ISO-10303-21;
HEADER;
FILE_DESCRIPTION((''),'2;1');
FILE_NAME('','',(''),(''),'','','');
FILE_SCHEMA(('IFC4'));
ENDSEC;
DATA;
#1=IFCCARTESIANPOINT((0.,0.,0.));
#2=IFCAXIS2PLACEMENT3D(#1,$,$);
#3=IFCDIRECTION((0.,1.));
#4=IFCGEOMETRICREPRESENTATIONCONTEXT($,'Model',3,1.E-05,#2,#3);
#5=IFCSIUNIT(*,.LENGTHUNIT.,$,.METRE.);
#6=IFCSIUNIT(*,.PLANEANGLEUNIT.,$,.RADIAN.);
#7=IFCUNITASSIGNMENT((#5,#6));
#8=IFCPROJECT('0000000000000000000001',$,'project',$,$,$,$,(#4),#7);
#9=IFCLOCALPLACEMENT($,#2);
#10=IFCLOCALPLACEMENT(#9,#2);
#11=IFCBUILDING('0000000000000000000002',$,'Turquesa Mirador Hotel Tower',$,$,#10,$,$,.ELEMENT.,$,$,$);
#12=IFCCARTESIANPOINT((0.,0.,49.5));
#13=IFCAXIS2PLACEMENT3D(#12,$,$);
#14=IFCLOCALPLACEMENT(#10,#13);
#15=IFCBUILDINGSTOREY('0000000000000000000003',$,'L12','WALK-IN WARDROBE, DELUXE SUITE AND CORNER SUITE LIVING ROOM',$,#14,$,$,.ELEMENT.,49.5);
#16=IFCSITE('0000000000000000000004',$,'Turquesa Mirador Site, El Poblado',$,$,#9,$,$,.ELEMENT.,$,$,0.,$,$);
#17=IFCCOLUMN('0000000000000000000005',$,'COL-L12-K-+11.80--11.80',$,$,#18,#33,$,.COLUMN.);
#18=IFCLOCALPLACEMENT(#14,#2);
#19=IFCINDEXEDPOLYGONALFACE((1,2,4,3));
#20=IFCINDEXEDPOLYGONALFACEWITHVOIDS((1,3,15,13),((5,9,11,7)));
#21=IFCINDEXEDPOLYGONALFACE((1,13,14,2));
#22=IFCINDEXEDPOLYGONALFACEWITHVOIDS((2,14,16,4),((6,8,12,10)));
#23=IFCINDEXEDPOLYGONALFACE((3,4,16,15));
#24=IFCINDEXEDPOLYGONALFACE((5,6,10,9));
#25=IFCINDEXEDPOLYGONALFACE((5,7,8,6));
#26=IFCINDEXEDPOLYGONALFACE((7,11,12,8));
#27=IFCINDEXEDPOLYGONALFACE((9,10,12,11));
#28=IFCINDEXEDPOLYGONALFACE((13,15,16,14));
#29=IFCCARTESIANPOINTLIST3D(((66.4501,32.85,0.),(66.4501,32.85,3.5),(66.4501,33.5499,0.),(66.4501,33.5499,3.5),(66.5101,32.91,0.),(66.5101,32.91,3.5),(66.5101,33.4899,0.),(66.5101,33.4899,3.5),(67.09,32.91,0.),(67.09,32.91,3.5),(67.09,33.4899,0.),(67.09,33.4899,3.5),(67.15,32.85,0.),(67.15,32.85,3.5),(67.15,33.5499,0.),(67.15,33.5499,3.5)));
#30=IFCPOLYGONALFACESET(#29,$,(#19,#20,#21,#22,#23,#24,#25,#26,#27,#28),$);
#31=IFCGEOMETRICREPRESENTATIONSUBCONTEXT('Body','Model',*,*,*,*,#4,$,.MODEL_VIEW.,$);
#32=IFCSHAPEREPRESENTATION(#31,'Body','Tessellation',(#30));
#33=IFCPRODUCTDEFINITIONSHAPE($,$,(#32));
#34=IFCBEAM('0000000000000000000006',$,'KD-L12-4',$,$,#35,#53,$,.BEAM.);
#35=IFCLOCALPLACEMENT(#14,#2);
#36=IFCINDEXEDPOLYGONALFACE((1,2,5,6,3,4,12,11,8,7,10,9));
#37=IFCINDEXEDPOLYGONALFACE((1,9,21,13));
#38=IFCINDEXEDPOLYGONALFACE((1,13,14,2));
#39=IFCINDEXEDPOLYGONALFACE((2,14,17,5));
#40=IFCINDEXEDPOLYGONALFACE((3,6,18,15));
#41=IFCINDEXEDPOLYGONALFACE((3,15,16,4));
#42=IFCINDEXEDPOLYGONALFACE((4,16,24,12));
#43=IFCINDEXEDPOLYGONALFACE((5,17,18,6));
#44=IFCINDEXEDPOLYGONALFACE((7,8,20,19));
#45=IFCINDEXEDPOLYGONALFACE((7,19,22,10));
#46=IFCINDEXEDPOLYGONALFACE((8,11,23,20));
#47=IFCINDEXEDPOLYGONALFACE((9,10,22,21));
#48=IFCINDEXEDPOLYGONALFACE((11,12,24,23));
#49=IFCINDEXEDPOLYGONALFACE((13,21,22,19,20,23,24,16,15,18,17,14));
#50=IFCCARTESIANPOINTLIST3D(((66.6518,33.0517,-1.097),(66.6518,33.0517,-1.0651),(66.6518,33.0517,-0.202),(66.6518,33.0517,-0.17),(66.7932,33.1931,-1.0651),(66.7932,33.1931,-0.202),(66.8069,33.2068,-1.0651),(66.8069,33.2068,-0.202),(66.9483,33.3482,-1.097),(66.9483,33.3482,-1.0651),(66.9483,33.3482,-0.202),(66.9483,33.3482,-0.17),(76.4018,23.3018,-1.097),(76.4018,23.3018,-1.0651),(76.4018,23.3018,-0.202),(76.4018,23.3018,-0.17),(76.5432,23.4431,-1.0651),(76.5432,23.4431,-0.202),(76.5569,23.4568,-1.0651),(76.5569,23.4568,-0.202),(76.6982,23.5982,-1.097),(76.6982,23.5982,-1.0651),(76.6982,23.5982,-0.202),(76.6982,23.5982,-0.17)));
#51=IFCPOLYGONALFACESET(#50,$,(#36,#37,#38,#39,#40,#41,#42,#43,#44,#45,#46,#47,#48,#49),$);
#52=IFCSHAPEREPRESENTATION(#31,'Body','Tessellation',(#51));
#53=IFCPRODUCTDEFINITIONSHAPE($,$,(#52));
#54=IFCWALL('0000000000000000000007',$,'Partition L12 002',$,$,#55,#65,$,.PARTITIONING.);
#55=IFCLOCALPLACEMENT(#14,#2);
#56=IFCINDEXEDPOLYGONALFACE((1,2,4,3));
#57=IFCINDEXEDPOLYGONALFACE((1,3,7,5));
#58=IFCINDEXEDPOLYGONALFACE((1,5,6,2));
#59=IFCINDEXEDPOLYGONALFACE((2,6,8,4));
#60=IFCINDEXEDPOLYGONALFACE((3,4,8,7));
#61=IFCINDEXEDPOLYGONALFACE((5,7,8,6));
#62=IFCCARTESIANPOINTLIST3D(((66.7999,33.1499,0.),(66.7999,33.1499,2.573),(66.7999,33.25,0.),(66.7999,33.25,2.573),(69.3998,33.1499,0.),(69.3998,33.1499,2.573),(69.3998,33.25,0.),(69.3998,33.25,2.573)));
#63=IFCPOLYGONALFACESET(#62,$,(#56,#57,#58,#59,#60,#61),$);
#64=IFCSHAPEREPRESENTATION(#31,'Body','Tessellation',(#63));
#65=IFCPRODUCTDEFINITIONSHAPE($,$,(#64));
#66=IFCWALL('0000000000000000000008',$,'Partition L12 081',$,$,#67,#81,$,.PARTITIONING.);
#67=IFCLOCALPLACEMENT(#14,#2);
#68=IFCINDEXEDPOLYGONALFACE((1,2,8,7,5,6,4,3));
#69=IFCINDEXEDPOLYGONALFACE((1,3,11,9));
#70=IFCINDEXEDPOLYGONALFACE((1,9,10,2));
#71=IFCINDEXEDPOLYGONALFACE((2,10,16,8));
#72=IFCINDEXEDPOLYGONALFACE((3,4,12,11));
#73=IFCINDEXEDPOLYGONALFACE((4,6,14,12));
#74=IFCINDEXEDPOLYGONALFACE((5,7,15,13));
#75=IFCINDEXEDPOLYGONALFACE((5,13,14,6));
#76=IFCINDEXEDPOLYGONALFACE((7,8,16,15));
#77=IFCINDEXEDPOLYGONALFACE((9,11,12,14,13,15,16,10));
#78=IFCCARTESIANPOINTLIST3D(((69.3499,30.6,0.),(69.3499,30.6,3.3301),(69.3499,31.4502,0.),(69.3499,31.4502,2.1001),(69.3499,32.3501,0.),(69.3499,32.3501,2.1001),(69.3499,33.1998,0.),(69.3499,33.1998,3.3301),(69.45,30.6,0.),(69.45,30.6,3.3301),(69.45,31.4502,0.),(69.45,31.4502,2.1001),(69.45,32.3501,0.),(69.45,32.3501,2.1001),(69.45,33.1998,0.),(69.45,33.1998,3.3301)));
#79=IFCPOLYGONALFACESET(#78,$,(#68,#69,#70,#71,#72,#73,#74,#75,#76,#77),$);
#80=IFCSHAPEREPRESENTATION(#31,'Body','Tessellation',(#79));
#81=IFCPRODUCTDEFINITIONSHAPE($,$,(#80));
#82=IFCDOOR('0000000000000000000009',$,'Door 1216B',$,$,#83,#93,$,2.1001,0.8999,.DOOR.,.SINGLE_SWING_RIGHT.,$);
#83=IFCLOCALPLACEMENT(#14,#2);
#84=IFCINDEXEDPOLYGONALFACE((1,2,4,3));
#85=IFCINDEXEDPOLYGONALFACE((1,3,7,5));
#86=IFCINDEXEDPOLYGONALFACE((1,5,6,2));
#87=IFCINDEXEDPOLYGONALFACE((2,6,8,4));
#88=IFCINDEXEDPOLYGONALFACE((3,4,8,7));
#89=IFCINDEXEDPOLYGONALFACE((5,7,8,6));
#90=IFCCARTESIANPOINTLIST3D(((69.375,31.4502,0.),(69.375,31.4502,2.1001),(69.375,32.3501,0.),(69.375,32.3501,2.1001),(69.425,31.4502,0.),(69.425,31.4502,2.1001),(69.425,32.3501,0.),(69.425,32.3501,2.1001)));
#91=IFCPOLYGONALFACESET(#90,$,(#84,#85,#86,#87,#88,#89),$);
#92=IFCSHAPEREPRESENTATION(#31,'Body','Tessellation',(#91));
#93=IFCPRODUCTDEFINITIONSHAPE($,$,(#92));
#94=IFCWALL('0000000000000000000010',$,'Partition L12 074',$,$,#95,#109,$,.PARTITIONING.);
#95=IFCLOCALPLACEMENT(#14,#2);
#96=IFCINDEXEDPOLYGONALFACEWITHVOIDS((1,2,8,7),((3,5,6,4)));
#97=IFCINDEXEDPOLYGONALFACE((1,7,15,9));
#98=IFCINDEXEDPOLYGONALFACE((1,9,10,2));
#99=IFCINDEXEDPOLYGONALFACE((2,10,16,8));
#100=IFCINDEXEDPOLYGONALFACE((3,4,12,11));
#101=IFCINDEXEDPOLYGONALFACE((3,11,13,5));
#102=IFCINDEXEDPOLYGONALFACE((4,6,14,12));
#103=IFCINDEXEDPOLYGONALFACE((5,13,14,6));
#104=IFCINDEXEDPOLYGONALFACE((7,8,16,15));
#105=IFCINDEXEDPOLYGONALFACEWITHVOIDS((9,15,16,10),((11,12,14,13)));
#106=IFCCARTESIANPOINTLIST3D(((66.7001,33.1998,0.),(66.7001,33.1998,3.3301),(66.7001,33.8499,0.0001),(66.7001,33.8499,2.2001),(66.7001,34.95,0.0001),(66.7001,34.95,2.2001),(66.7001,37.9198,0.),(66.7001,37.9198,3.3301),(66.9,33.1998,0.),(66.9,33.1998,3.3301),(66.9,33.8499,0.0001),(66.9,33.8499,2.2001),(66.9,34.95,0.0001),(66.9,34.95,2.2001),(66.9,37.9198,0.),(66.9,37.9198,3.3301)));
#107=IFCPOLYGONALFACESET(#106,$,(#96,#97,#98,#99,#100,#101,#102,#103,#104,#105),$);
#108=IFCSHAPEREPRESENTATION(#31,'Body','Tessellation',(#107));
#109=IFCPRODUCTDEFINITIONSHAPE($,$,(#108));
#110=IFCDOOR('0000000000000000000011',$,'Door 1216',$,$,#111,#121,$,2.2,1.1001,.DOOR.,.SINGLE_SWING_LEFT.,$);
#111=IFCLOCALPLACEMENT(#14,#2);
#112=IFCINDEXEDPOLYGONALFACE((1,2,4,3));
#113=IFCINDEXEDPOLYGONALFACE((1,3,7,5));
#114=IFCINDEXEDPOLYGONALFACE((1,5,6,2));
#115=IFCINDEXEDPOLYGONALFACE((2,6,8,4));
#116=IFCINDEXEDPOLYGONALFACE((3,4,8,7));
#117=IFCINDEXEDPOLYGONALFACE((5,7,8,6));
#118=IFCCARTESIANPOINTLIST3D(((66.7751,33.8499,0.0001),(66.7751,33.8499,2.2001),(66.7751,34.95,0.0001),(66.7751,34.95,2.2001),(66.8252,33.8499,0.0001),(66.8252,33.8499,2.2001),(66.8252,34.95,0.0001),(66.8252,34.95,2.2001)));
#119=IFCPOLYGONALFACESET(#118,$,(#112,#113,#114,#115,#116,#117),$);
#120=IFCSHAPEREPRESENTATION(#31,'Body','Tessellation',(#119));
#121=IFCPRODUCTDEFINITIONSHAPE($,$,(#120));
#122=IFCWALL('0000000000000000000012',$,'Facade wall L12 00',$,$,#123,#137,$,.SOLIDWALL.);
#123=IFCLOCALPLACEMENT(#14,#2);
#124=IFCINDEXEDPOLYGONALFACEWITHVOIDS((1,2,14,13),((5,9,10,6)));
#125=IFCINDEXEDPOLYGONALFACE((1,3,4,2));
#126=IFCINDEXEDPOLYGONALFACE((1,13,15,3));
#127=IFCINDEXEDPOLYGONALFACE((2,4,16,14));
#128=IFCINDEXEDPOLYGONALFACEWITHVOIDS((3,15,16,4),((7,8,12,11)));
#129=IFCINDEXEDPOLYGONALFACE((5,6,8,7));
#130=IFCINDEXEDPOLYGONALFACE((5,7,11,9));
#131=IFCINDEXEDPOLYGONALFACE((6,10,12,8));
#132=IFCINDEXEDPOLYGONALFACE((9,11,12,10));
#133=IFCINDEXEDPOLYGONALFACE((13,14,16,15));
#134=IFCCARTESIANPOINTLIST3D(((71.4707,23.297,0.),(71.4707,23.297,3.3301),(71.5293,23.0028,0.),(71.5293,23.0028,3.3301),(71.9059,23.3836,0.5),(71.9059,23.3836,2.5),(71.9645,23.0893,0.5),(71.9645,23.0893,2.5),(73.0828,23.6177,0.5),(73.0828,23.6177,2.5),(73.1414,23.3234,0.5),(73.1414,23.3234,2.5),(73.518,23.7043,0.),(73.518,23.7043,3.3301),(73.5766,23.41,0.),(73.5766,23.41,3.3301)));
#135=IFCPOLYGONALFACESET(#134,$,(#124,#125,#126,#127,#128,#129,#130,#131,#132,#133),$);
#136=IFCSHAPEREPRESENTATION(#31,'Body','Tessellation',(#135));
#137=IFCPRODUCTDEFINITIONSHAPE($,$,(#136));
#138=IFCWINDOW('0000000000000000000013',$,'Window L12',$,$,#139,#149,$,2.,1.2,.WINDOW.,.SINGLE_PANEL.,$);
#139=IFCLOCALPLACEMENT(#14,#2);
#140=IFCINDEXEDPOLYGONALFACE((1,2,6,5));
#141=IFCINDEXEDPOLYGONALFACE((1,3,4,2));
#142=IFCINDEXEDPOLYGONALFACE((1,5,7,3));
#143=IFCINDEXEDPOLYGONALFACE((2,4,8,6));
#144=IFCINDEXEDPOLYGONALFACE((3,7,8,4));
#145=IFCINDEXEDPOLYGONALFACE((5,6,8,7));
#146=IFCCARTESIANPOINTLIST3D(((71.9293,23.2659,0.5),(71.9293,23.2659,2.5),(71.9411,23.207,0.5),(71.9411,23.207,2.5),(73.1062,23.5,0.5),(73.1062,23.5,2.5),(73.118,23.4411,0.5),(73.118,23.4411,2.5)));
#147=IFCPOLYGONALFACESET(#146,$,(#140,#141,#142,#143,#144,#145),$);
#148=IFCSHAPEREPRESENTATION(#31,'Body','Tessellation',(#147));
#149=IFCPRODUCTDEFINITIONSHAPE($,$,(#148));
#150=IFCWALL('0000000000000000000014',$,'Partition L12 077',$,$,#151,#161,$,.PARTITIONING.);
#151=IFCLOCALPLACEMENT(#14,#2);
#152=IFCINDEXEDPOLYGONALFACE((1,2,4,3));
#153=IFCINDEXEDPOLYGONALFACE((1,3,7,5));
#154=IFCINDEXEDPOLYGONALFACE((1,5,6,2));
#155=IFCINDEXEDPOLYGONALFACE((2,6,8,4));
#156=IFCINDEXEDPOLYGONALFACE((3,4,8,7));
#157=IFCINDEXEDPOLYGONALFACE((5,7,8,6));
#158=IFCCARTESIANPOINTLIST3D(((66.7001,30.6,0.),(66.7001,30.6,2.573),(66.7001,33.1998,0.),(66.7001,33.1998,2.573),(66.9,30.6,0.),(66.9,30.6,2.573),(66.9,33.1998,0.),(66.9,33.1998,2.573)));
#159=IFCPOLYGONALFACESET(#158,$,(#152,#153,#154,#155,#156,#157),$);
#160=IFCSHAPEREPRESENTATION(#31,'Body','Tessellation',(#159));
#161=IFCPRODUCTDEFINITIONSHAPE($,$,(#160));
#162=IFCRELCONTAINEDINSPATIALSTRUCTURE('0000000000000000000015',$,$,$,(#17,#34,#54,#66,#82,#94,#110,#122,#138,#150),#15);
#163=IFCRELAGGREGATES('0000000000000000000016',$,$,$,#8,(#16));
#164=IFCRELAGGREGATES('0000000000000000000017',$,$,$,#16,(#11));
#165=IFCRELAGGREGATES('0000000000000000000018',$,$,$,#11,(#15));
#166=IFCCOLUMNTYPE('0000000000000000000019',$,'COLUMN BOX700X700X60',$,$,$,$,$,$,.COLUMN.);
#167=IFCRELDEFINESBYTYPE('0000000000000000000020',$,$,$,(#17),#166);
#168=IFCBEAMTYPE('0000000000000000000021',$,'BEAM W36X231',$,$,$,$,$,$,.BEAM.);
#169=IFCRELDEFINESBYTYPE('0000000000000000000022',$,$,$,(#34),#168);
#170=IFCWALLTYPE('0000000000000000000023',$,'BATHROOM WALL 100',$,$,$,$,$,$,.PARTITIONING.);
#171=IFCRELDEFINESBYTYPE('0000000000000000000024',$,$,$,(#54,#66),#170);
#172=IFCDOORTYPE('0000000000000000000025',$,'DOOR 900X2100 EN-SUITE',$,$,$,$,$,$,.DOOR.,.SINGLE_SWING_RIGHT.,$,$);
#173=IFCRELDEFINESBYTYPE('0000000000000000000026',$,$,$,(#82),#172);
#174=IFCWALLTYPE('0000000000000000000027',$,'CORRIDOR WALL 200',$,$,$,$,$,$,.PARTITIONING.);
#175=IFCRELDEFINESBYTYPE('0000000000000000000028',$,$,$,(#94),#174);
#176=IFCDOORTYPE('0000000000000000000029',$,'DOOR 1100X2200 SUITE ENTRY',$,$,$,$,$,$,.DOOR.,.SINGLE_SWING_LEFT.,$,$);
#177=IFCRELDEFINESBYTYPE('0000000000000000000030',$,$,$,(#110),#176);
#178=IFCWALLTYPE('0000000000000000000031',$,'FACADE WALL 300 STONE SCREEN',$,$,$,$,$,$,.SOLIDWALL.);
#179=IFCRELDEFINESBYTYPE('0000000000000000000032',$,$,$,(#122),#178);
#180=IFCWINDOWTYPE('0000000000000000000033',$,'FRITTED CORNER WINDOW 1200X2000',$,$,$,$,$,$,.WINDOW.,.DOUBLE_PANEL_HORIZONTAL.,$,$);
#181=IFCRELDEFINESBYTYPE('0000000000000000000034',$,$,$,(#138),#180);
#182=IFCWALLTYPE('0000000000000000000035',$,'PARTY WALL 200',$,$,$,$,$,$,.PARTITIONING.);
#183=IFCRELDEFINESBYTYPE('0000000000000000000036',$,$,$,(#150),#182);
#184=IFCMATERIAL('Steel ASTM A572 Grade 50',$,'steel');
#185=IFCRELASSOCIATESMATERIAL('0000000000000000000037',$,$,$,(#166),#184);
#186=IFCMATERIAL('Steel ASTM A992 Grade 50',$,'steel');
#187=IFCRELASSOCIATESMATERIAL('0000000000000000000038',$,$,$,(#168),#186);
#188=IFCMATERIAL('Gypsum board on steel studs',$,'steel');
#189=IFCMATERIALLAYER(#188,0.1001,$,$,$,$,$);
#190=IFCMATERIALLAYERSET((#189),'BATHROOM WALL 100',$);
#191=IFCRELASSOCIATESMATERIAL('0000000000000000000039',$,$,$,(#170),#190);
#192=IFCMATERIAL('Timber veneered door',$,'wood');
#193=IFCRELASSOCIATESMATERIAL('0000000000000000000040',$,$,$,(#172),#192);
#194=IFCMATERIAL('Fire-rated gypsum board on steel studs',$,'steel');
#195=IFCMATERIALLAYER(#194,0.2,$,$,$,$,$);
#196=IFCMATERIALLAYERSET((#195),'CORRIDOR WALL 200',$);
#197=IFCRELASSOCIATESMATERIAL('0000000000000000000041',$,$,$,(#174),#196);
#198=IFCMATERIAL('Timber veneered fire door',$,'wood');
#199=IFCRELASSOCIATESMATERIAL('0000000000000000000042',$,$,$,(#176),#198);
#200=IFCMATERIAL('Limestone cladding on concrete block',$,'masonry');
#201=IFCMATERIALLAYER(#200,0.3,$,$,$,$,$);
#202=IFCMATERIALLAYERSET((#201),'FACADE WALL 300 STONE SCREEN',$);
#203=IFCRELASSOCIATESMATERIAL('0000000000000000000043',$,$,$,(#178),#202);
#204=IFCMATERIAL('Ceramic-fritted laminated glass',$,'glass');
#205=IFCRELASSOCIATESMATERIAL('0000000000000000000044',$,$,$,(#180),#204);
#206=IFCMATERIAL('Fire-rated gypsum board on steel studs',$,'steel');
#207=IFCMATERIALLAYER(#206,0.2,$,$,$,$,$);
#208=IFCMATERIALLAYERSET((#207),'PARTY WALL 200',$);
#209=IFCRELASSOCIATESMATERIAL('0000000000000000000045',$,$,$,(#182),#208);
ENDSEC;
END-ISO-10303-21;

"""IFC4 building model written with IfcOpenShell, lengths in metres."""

from ifc_helpers import new_model, si_unit, direction, frame, frame_2d, origin, origin_2d, place, context, subcontext, project, spatial, rectangle, hollow_rectangle, i_section, extrude, material, layer, layer_set, material_profile, profile_set, type_object, element, fill, save


model = new_model("IFC4")

# Units and contexts
model_context = context("Model", 3, precision=1e-05, world=origin(), true_north=direction((0.0, 1.0)))
body_context = subcontext(model_context, "Body", "Model", "MODEL_VIEW")
ifc_project = project(units=[si_unit("LENGTHUNIT", "METRE"), si_unit("PLANEANGLEUNIT", "RADIAN")], contexts=[model_context])

# Site, building, storey
site_placement = place(None, origin())
site = spatial("IfcSite", under=ifc_project, at=site_placement, Name="Turquesa Mirador Site, El Poblado", CompositionType="ELEMENT", RefElevation=0.0)
building_placement = place(site_placement, origin())
building = spatial("IfcBuilding", under=site, at=building_placement, Name="Turquesa Mirador Hotel Tower", CompositionType="ELEMENT")
storey_placement = place(building_placement, frame((0.0, 0.0, 49.5)))
storey = spatial("IfcBuildingStorey", under=building, at=storey_placement, Name="L12", Description="WALK-IN WARDROBE, DELUXE SUITE AND CORNER SUITE LIVING ROOM", CompositionType="ELEMENT", Elevation=49.5)

# Column
ifc_material_1 = material(Name="Steel ASTM A572 Grade 50", Category="steel")
ifc_material_profile_1 = material_profile(ifc_material_1, hollow_rectangle(XDim=0.7, YDim=0.7, WallThickness=0.0601, at=origin_2d()), Name="BOX700X700X60")
ifc_profile_set_1 = profile_set([ifc_material_profile_1], Name="Steel ASTM A572 Grade 50")
column_type = type_object("IfcColumnType", Name="COLUMN BOX700X700X60", PredefinedType="COLUMN", material=ifc_profile_set_1)
column_placement = place(storey_placement, frame((66.8, 33.2, 0.0), z_axis=(0.0, 0.0, 1.0), x_axis=(1.0, 0.0, 0.0)))
element("IfcColumn", 1, at=column_placement, inside=storey, type_object=column_type, Name="COL-L12-K-+11.80--11.80", PredefinedType="COLUMN", context=body_context, shape_type="SweptSolid", body=[
    extrude(hollow_rectangle(XDim=0.7, YDim=0.7, WallThickness=0.0601, at=origin_2d()), origin(), (0.0, 0.0, 1.0), 3.5),
])

# Beam
ifc_material_2 = material(Name="Steel ASTM A992 Grade 50", Category="steel")
ifc_material_profile_2 = material_profile(ifc_material_2, i_section(OverallWidth=0.4192, OverallDepth=0.927, WebThickness=0.0193, FlangeThickness=0.032, at=origin_2d()), Name="W36X231")
ifc_profile_set_2 = profile_set([ifc_material_profile_2], Name="Steel ASTM A992 Grade 50")
beam_type = type_object("IfcBeamType", Name="BEAM W36X231", PredefinedType="BEAM", material=ifc_profile_set_2)
beam_placement = place(storey_placement, frame((66.8, 33.2, -0.6335), z_axis=(0.707107, -0.707107, 0.0), x_axis=(0.707107, 0.707107, 0.0)))
element("IfcBeam", 2, at=beam_placement, inside=storey, type_object=beam_type, Name="KD-L12-4", PredefinedType="BEAM", context=body_context, shape_type="SweptSolid", body=[
    extrude(i_section(OverallWidth=0.4192, OverallDepth=0.927, WebThickness=0.0193, FlangeThickness=0.032, at=origin_2d()), origin(), (0.0, 0.0, 1.0), 13.7886),
])

# Wall
ifc_material_3 = material(Name="Gypsum board on steel studs", Category="steel")
ifc_layer_1 = layer(ifc_material_3, 0.1001)
ifc_layer_set_1 = layer_set([ifc_layer_1], Name="BATHROOM WALL 100")
wall_type_1 = type_object("IfcWallType", Name="BATHROOM WALL 100", PredefinedType="PARTITIONING", material=ifc_layer_set_1)
wall_1_placement = place(storey_placement, frame((66.8, 33.2, 0.0), z_axis=(0.0, 0.0, 1.0), x_axis=(1.0, 0.0, 0.0)))
element("IfcWall", 3, at=wall_1_placement, inside=storey, type_object=wall_type_1, Name="Partition L12 002", PredefinedType="PARTITIONING", context=body_context, shape_type="SweptSolid", body=[
    extrude(rectangle(XDim=2.5999, YDim=0.1001, at=frame_2d((1.2998, 0.0))), origin(), (0.0, 0.0, 1.0), 2.573),
])

# Walls, openings, doors
wall_2_placement = place(storey_placement, frame((69.3999, 30.6001, 0.0), z_axis=(0.0, 0.0, 1.0), x_axis=(0.0, 1.0, 0.0)))
wall_2 = element("IfcWall", 4, at=wall_2_placement, inside=storey, type_object=wall_type_1, Name="Partition L12 081", PredefinedType="PARTITIONING", context=body_context, shape_type="SweptSolid", body=[
    extrude(rectangle(XDim=2.5999, YDim=0.1001, at=frame_2d((1.2998, 0.0))), origin(), (0.0, 0.0, 1.0), 3.3301),
])
opening_1_placement = place(wall_2_placement, frame((0.8501, 0.0, 0.0)))
opening_1 = element("IfcOpeningElement", 5, at=opening_1_placement, cuts=wall_2, PredefinedType="OPENING", context=body_context, shape_type="SweptSolid", body=[
    extrude(rectangle(XDim=0.8999, YDim=2.1001, at=frame_2d((0.45, 1.05))), frame((0.0, 0.0601, 0.0), z_axis=(0.0, -1.0, 0.0), x_axis=(1.0, 0.0, 0.0)), (0.0, 0.0, 1.0), 0.1201),
])
ifc_material_4 = material(Name="Timber veneered door", Category="wood")
door_type_1 = type_object("IfcDoorType", Name="DOOR 900X2100 EN-SUITE", OperationType="SINGLE_SWING_RIGHT", PredefinedType="DOOR", material=ifc_material_4)
door_1_placement = place(opening_1_placement, origin())
door_1 = element("IfcDoor", 6, at=door_1_placement, inside=storey, type_object=door_type_1, Name="Door 1216B", OperationType="SINGLE_SWING_RIGHT", OverallHeight=2.1001, OverallWidth=0.8999, PredefinedType="DOOR", context=body_context, shape_type="SweptSolid", body=[
    extrude(rectangle(XDim=0.8999, YDim=2.1001, at=frame_2d((0.45, 1.05))), frame((0.0, 0.0249, 0.0), z_axis=(0.0, -1.0, 0.0), x_axis=(1.0, 0.0, 0.0)), (0.0, 0.0, 1.0), 0.05),
])
fill(opening_1, door_1)
ifc_material_5 = material(Name="Fire-rated gypsum board on steel studs", Category="steel")
ifc_layer_2 = layer(ifc_material_5, 0.2)
ifc_layer_set_2 = layer_set([ifc_layer_2], Name="CORRIDOR WALL 200")
wall_type_2 = type_object("IfcWallType", Name="CORRIDOR WALL 200", PredefinedType="PARTITIONING", material=ifc_layer_set_2)
wall_3_placement = place(storey_placement, frame((66.8, 33.2, 0.0), z_axis=(0.0, 0.0, 1.0), x_axis=(0.0, 1.0, 0.0)))
wall_3 = element("IfcWall", 7, at=wall_3_placement, inside=storey, type_object=wall_type_2, Name="Partition L12 074", PredefinedType="PARTITIONING", context=body_context, shape_type="SweptSolid", body=[
    extrude(rectangle(XDim=4.72, YDim=0.2, at=frame_2d((2.3599, 0.0))), origin(), (0.0, 0.0, 1.0), 3.3301),
])
opening_2_placement = place(wall_3_placement, frame((0.6499, 0.0, 0.0)))
opening_2 = element("IfcOpeningElement", 8, at=opening_2_placement, cuts=wall_3, PredefinedType="OPENING", context=body_context, shape_type="SweptSolid", body=[
    extrude(rectangle(XDim=1.1001, YDim=2.2, at=frame_2d((0.55, 1.1001))), frame((0.0, 0.1099, 0.0), z_axis=(0.0, -1.0, 0.0), x_axis=(1.0, 0.0, 0.0)), (0.0, 0.0, 1.0), 0.22),
])
ifc_material_6 = material(Name="Timber veneered fire door", Category="wood")
door_type_2 = type_object("IfcDoorType", Name="DOOR 1100X2200 SUITE ENTRY", OperationType="SINGLE_SWING_LEFT", PredefinedType="DOOR", material=ifc_material_6)
door_2_placement = place(opening_2_placement, origin())
door_2 = element("IfcDoor", 9, at=door_2_placement, inside=storey, type_object=door_type_2, Name="Door 1216", OperationType="SINGLE_SWING_LEFT", OverallHeight=2.2, OverallWidth=1.1001, PredefinedType="DOOR", context=body_context, shape_type="SweptSolid", body=[
    extrude(rectangle(XDim=1.1001, YDim=2.2, at=frame_2d((0.55, 1.1001))), frame((0.0, 0.0249, 0.0), z_axis=(0.0, -1.0, 0.0), x_axis=(1.0, 0.0, 0.0)), (0.0, 0.0, 1.0), 0.05),
])
fill(opening_2, door_2)

# Wall, opening, window
ifc_material_7 = material(Name="Limestone cladding on concrete block", Category="masonry")
ifc_layer_3 = layer(ifc_material_7, 0.3)
ifc_layer_set_3 = layer_set([ifc_layer_3], Name="FACADE WALL 300 STONE SCREEN")
wall_type_3 = type_object("IfcWallType", Name="FACADE WALL 300 STONE SCREEN", PredefinedType="SOLIDWALL", material=ifc_layer_set_3)
wall_4_placement = place(storey_placement, frame((71.5, 23.1499, 0.0), z_axis=(0.0, 0.0, 1.0), x_axis=(0.980787, 0.195081, 0.0)))
wall_4 = element("IfcWall", 10, at=wall_4_placement, inside=storey, type_object=wall_type_3, Name="Facade wall L12 00", PredefinedType="SOLIDWALL", context=body_context, shape_type="SweptSolid", body=[
    extrude(rectangle(XDim=2.0874, YDim=0.3, at=frame_2d((1.0437, 0.0))), origin(), (0.0, 0.0, 1.0), 3.3301),
])
opening_3_placement = place(wall_4_placement, frame((0.4436, 0.0, 0.5)))
opening_3 = element("IfcOpeningElement", 11, at=opening_3_placement, cuts=wall_4, PredefinedType="OPENING", context=body_context, shape_type="SweptSolid", body=[
    extrude(rectangle(XDim=1.2, YDim=2.0, at=frame_2d((0.6001, 1.0))), frame((0.0, 0.1599, 0.0), z_axis=(0.0, -1.0, 0.0), x_axis=(1.0, 0.0, 0.0)), (0.0, 0.0, 1.0), 0.3201),
])
ifc_material_8 = material(Name="Ceramic-fritted laminated glass", Category="glass")
window_type = type_object("IfcWindowType", Name="FRITTED CORNER WINDOW 1200X2000", PartitioningType="DOUBLE_PANEL_HORIZONTAL", PredefinedType="WINDOW", material=ifc_material_8)
window_placement = place(opening_3_placement, origin())
window = element("IfcWindow", 12, at=window_placement, inside=storey, type_object=window_type, Name="Window L12", OverallHeight=2.0, OverallWidth=1.2, PartitioningType="SINGLE_PANEL", PredefinedType="WINDOW", context=body_context, shape_type="SweptSolid", body=[
    extrude(rectangle(XDim=1.2, YDim=2.0, at=frame_2d((0.6001, 1.0))), frame((0.0, 0.03, 0.0), z_axis=(0.0, -1.0, 0.0), x_axis=(1.0, 0.0, 0.0)), (0.0, 0.0, 1.0), 0.0601),
])
fill(opening_3, window)

# Wall
ifc_material_9 = material(Name="Fire-rated gypsum board on steel studs", Category="steel")
ifc_layer_4 = layer(ifc_material_9, 0.2)
ifc_layer_set_4 = layer_set([ifc_layer_4], Name="PARTY WALL 200")
wall_type_4 = type_object("IfcWallType", Name="PARTY WALL 200", PredefinedType="PARTITIONING", material=ifc_layer_set_4)
wall_5_placement = place(storey_placement, frame((66.8, 30.6001, 0.0), z_axis=(0.0, 0.0, 1.0), x_axis=(0.0, 1.0, 0.0)))
element("IfcWall", 13, at=wall_5_placement, inside=storey, type_object=wall_type_4, Name="Partition L12 077", PredefinedType="PARTITIONING", context=body_context, shape_type="SweptSolid", body=[
    extrude(rectangle(XDim=2.5999, YDim=0.2, at=frame_2d((1.2998, 0.0))), origin(), (0.0, 0.0, 1.0), 2.573),
])

save(model, "model.ifc")
